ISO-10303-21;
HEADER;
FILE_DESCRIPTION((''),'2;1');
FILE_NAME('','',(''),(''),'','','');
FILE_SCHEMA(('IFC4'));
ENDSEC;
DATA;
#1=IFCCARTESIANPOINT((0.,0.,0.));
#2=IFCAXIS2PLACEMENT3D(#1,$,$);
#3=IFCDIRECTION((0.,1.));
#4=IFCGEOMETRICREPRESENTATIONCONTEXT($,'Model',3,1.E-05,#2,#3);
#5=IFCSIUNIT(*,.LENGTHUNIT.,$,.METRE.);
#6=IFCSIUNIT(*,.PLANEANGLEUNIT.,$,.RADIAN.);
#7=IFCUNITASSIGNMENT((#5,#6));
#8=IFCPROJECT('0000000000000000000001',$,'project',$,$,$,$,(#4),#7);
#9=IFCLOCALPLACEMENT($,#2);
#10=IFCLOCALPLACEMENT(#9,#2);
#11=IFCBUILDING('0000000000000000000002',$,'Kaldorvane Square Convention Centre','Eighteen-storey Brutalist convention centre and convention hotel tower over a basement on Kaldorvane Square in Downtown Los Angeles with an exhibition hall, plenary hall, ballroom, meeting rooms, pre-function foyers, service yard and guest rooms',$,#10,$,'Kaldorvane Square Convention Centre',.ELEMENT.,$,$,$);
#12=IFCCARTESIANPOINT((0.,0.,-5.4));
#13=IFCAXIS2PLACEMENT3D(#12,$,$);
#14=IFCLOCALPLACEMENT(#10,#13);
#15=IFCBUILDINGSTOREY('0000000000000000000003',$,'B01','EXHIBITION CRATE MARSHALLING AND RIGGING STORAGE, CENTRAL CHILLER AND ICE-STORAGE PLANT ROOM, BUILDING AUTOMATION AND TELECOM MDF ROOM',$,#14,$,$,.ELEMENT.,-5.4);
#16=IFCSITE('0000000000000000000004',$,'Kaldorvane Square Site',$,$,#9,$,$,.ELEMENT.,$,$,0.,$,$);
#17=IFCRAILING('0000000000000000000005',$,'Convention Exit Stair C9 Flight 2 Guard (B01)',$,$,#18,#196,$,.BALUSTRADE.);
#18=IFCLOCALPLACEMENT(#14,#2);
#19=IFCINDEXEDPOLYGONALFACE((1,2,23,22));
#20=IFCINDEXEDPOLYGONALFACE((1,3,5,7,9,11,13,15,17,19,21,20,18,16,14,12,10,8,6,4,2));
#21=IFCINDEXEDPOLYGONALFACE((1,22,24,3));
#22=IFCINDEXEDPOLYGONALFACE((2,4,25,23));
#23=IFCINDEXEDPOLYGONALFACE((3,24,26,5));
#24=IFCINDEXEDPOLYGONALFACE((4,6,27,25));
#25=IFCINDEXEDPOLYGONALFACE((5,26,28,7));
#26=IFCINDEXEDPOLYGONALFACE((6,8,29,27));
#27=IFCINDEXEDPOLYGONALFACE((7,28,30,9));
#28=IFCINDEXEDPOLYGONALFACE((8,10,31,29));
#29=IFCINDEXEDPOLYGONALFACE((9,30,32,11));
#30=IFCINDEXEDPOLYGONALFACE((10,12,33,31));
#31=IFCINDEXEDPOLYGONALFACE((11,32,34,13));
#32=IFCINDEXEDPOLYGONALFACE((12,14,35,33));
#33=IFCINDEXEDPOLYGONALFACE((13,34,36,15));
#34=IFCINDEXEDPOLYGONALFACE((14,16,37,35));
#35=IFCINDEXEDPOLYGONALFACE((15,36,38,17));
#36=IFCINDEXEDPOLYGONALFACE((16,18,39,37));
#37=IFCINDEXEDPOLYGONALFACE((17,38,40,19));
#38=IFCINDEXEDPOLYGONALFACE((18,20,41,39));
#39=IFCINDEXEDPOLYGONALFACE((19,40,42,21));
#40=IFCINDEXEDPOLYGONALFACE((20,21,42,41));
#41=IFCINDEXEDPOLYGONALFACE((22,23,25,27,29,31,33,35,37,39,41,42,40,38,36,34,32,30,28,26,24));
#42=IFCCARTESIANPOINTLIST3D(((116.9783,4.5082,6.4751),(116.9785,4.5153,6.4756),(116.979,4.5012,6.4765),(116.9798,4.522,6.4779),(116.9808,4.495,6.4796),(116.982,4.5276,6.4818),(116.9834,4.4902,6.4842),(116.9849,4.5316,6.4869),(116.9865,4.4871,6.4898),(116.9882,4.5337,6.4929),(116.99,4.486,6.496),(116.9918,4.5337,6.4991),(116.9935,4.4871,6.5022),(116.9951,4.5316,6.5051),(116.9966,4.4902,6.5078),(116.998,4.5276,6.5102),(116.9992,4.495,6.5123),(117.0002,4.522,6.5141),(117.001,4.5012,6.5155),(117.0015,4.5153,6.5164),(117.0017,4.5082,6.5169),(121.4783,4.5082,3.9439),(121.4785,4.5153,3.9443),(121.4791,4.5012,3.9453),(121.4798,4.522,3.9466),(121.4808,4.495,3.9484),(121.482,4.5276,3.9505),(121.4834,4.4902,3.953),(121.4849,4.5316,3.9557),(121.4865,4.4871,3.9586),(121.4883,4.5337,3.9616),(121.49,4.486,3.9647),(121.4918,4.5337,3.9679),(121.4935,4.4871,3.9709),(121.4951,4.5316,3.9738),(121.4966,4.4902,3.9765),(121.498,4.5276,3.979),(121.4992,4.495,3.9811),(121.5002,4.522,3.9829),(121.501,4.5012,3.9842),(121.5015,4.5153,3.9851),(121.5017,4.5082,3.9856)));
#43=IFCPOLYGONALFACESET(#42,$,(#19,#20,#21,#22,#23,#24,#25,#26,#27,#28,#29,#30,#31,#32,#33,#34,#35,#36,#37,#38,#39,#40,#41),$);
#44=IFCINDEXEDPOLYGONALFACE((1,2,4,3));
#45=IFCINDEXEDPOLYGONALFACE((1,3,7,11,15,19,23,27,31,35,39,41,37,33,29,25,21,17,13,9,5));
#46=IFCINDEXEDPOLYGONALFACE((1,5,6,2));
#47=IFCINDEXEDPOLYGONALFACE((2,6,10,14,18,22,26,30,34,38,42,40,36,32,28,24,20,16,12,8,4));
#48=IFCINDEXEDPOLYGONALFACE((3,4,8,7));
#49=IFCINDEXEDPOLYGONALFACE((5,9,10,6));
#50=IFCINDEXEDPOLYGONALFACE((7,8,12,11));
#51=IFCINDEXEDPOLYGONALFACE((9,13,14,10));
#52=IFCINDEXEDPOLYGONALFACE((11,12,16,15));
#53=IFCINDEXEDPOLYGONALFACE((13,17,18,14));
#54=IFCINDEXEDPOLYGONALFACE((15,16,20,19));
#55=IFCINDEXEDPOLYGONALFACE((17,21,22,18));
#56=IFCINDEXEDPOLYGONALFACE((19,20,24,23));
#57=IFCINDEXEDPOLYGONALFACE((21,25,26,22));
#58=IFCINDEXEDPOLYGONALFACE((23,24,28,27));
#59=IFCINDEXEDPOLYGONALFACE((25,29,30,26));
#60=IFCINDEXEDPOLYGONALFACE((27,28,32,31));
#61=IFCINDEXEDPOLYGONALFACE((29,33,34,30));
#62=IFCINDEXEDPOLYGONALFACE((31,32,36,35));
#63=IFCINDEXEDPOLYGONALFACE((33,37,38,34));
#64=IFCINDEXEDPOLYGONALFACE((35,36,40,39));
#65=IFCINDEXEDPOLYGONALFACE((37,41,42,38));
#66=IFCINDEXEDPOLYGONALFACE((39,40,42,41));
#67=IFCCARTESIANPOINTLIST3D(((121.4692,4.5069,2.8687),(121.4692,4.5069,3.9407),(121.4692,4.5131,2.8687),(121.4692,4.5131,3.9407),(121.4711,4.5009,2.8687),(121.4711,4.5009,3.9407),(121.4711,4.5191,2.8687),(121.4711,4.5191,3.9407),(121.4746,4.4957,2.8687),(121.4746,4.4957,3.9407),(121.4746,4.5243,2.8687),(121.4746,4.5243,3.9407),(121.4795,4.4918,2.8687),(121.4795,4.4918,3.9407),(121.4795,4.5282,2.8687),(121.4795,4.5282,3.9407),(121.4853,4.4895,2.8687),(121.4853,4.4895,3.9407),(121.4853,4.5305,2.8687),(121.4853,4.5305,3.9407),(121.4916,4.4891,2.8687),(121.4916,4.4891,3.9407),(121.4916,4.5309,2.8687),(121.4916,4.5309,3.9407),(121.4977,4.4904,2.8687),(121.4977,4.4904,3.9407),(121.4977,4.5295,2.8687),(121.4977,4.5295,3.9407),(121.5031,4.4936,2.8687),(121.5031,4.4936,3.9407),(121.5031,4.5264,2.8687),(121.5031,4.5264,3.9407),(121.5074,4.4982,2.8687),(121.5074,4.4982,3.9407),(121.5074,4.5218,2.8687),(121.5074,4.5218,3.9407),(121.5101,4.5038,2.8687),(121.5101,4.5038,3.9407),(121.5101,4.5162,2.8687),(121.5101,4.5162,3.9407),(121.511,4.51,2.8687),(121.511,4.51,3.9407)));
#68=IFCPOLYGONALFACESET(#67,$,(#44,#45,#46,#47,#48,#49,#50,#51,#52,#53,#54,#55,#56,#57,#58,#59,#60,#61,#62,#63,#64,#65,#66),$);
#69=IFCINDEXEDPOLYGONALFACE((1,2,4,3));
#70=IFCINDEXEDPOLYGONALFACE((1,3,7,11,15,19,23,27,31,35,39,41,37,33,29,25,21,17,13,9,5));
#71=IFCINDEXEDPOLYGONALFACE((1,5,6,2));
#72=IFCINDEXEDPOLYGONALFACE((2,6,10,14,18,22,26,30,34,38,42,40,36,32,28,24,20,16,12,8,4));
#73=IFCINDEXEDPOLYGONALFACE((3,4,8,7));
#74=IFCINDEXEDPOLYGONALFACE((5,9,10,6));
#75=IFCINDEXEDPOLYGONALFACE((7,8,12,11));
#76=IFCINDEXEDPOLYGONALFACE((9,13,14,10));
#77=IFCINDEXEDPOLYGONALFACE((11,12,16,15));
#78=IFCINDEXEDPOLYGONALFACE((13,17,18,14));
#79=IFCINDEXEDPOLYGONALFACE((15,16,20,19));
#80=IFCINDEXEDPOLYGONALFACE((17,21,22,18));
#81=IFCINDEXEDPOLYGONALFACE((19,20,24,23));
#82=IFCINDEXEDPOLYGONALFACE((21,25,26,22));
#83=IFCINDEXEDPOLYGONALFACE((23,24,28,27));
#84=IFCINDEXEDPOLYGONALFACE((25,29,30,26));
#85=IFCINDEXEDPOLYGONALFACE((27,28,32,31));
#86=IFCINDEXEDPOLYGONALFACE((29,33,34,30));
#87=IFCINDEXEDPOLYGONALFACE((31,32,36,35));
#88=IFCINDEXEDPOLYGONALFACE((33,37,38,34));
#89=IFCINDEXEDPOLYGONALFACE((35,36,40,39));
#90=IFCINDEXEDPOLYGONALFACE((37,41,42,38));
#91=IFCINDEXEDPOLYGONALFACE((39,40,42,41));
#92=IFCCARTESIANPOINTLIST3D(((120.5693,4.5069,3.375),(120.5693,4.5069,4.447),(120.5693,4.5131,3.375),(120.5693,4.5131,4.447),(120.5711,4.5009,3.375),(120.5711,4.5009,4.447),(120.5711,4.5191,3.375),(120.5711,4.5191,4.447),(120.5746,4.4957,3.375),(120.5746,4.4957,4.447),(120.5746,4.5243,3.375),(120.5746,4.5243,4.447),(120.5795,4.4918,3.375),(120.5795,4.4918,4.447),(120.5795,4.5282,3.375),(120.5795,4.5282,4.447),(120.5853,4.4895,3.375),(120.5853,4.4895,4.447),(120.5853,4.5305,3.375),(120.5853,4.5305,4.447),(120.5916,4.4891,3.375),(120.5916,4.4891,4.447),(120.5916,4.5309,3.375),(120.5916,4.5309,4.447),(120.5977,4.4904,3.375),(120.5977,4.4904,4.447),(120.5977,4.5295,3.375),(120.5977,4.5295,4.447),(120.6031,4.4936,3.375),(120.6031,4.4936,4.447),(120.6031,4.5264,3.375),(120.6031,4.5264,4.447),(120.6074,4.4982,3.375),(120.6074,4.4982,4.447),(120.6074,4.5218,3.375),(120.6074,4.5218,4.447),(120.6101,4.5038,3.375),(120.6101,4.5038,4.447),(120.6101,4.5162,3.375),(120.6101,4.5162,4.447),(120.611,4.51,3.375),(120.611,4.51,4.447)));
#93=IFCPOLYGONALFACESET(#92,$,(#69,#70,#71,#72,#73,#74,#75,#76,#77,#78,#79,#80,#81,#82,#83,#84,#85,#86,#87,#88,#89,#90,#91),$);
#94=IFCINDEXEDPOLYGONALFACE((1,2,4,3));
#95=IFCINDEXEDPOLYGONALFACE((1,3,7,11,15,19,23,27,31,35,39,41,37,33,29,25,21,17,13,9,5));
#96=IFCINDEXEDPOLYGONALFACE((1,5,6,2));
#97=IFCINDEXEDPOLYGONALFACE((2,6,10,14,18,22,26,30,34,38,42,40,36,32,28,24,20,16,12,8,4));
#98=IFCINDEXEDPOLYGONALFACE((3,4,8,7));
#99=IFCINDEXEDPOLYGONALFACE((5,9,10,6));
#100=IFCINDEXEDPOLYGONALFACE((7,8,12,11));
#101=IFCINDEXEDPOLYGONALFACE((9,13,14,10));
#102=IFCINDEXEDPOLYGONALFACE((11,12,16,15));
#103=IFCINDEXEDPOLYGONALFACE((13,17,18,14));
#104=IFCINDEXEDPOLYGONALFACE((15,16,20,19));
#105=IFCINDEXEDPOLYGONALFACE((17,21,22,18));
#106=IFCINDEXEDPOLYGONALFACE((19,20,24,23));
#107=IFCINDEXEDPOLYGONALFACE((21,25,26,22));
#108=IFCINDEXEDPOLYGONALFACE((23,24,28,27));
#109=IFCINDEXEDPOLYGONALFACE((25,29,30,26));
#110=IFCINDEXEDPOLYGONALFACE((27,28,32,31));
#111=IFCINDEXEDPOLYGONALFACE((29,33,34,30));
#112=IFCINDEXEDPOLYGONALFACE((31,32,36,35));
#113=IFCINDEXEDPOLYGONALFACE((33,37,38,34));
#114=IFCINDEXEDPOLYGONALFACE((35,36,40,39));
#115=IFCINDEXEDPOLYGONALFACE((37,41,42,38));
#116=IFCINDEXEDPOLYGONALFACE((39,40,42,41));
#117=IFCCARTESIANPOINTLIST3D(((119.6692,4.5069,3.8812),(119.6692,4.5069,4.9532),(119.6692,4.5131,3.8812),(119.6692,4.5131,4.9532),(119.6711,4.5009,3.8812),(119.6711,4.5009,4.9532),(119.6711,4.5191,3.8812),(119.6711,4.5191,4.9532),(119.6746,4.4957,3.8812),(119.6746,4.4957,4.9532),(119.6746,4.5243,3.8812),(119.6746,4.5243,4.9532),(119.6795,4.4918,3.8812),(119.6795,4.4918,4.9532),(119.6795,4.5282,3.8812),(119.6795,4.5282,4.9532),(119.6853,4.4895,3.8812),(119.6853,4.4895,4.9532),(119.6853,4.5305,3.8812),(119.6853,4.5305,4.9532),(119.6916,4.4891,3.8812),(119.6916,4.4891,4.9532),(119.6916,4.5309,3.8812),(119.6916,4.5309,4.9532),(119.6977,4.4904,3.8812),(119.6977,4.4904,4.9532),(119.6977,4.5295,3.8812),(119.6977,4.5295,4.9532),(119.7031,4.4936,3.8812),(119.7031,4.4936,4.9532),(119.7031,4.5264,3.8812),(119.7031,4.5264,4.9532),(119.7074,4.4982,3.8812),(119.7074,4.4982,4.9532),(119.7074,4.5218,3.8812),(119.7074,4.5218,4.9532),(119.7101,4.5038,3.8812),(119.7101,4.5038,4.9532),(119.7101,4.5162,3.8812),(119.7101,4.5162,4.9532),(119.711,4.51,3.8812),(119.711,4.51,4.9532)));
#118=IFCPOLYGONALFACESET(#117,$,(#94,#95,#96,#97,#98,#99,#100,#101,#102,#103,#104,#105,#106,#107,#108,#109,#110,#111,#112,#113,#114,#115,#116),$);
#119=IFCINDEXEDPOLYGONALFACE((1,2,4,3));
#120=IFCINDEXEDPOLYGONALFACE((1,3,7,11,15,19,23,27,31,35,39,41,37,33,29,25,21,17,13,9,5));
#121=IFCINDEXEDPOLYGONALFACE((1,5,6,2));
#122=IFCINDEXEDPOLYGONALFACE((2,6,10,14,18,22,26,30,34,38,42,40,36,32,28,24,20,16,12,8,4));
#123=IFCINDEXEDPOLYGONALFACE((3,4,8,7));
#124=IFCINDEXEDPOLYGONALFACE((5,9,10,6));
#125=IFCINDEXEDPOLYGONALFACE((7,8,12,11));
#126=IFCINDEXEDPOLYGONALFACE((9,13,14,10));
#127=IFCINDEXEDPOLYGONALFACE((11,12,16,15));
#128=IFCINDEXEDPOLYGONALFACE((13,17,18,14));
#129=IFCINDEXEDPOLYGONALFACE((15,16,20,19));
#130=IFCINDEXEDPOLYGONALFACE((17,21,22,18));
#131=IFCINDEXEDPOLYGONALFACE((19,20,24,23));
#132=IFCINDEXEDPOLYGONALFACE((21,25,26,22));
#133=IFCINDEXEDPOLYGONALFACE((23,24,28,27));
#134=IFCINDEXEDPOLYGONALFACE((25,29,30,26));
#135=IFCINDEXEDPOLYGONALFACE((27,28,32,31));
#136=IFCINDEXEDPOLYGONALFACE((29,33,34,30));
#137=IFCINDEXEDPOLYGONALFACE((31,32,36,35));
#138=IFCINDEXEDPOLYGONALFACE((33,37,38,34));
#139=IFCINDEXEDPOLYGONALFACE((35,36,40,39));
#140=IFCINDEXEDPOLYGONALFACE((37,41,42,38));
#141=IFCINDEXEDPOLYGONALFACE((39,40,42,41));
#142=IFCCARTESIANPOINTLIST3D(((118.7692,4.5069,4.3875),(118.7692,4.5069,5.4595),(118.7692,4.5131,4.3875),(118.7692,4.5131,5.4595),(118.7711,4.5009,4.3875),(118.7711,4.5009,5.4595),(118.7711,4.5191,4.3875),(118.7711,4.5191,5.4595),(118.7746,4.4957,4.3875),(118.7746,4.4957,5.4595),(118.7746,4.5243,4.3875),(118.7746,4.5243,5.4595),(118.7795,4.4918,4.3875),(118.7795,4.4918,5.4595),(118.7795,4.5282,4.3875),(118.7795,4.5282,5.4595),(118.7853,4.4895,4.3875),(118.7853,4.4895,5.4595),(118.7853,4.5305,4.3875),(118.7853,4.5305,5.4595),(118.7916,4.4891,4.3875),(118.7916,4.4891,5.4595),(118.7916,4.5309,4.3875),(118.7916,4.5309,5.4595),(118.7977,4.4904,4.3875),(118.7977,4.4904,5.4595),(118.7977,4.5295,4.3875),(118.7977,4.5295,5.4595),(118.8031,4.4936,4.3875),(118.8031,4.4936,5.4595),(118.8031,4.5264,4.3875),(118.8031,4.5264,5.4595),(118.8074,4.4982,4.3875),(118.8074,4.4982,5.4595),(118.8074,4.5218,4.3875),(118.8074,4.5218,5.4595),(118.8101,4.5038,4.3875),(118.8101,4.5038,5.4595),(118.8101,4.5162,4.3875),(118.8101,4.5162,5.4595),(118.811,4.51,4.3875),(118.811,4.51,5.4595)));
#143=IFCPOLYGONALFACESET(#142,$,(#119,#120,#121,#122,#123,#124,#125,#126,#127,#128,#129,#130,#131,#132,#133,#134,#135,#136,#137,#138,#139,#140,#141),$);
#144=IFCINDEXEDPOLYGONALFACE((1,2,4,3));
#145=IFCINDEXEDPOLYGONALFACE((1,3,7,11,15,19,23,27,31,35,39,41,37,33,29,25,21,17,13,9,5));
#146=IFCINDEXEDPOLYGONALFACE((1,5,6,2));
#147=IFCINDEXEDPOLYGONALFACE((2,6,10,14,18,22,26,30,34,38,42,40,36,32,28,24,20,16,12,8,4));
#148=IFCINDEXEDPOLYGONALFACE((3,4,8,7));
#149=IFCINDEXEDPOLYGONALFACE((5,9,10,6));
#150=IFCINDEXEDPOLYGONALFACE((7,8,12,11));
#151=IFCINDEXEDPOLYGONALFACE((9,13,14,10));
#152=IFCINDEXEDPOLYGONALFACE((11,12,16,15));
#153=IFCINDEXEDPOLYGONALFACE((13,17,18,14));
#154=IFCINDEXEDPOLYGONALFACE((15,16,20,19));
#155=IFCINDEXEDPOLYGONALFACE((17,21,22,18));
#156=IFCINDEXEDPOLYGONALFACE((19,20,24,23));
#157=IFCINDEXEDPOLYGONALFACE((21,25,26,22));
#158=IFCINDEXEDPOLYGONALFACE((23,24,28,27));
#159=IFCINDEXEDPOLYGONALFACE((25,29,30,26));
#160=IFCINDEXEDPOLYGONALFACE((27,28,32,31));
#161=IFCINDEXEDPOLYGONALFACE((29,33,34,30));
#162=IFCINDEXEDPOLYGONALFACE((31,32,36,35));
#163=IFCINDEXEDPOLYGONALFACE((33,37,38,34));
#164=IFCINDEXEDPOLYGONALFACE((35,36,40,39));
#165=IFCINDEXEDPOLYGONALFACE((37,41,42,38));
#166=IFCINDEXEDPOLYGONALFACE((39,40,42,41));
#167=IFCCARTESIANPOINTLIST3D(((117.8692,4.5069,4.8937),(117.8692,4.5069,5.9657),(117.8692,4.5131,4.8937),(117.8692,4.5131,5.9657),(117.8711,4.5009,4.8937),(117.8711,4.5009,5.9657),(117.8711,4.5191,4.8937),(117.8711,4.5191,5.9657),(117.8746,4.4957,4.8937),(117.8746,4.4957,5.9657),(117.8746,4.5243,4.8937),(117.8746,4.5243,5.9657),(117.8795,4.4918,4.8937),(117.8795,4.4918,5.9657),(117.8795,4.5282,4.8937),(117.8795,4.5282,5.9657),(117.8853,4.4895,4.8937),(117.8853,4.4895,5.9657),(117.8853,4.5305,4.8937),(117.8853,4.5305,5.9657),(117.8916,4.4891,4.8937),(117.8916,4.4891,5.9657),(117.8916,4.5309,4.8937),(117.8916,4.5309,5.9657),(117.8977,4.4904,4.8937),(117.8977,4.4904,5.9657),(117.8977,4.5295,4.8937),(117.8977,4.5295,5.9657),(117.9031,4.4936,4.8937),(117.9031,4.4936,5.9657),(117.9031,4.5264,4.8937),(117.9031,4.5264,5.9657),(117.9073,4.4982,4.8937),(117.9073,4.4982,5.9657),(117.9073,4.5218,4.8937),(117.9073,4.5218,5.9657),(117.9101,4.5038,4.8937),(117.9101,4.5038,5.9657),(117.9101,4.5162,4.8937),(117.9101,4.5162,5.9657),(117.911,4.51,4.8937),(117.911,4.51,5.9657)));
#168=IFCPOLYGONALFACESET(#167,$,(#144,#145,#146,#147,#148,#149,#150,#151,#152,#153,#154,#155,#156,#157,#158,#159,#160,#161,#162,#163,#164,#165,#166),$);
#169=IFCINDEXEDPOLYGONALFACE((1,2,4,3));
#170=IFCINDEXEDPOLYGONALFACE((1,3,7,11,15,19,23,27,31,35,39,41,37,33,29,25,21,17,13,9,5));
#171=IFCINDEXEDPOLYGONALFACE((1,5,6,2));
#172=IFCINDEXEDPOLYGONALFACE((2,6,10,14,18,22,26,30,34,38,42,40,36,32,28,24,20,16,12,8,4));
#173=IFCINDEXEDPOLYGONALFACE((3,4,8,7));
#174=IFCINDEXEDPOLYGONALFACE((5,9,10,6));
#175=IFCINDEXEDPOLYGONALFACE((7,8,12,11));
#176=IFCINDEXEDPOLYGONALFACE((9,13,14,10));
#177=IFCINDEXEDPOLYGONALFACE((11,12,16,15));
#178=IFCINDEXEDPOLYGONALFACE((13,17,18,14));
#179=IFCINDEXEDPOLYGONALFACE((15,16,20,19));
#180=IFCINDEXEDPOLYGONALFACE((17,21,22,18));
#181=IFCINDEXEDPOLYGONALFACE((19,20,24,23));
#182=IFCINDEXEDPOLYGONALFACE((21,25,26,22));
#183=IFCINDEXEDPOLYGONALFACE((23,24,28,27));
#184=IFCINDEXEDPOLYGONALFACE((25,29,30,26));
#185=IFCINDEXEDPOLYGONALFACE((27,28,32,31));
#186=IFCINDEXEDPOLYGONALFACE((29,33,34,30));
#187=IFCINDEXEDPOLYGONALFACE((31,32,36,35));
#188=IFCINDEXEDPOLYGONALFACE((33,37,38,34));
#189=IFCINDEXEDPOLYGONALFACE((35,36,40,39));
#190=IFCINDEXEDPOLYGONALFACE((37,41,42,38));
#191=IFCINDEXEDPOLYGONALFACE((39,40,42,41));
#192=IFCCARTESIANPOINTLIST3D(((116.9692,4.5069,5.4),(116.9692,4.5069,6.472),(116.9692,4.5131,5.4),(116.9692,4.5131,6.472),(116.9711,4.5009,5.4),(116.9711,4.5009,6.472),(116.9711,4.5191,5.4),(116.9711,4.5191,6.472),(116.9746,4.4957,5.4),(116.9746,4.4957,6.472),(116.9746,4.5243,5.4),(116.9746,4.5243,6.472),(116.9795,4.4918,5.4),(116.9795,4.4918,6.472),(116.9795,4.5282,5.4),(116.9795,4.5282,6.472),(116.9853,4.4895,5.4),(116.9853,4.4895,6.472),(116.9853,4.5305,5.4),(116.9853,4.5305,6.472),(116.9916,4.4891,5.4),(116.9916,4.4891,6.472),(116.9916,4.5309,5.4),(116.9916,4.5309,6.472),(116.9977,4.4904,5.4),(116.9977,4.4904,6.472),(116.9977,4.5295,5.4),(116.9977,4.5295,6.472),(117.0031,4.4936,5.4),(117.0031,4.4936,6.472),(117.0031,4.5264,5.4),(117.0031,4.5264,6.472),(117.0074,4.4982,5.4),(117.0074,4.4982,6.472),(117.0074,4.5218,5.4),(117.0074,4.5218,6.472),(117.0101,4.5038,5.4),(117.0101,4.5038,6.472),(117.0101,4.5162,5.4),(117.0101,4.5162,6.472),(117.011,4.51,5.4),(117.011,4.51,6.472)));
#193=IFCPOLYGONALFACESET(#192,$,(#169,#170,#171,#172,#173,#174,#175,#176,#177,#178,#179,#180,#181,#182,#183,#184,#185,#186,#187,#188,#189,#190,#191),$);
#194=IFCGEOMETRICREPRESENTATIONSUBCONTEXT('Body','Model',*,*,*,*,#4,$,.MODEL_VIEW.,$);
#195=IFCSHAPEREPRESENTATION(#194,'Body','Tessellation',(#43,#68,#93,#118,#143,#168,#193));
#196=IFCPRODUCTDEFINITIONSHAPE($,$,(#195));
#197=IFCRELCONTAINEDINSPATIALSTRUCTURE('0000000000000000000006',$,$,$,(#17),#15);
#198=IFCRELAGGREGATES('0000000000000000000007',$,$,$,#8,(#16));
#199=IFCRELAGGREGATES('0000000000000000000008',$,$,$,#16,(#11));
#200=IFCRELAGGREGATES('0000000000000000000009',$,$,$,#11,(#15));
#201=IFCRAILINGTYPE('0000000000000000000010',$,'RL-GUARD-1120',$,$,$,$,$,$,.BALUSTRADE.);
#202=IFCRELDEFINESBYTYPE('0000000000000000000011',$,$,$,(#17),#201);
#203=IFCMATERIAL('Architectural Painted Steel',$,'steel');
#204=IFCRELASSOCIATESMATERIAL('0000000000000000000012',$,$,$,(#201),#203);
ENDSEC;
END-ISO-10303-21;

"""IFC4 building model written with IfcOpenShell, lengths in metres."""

from ifc_helpers import new_model, si_unit, direction, frame, origin, origin_2d, place, context, subcontext, project, spatial, circle, extrude, material, type_object, element, save


model = new_model("IFC4")

# Units and contexts
model_context = context("Model", 3, precision=1e-05, world=origin(), true_north=direction((0.0, 1.0)))
body_context = subcontext(model_context, "Body", "Model", "MODEL_VIEW")
ifc_project = project(units=[si_unit("LENGTHUNIT", "METRE"), si_unit("PLANEANGLEUNIT", "RADIAN")], contexts=[model_context])

# Site, building, storey
site_placement = place(None, origin())
site = spatial("IfcSite", under=ifc_project, at=site_placement, Name="Kaldorvane Square Site", CompositionType="ELEMENT", RefElevation=0.0)
building_placement = place(site_placement, origin())
building = spatial("IfcBuilding", under=site, at=building_placement, Name="Kaldorvane Square Convention Centre", Description="Eighteen-storey Brutalist convention centre and convention hotel tower over a basement on Kaldorvane Square in Downtown Los Angeles with an exhibition hall, plenary hall, ballroom, meeting rooms, pre-function foyers, service yard and guest rooms", LongName="Kaldorvane Square Convention Centre", CompositionType="ELEMENT")
storey_placement = place(building_placement, frame((0.0, 0.0, -5.4)))
storey = spatial("IfcBuildingStorey", under=building, at=storey_placement, Name="B01", Description="EXHIBITION CRATE MARSHALLING AND RIGGING STORAGE, CENTRAL CHILLER AND ICE-STORAGE PLANT ROOM, BUILDING AUTOMATION AND TELECOM MDF ROOM", CompositionType="ELEMENT", Elevation=-5.4)

# Railing
ifc_material_1 = material(Name="Architectural Painted Steel", Category="steel")
railing_type_1 = type_object("IfcRailingType", Name="RL-GUARD-1120", PredefinedType="BALUSTRADE", material=ifc_material_1)
railing_1_placement = place(storey_placement, frame((121.49, 4.51, 2.8687)))
element("IfcRailing", 1, at=railing_1_placement, inside=storey, type_object=railing_type_1, Name="Convention Exit Stair C9 Flight 2 Guard (B01)", PredefinedType="BALUSTRADE", context=body_context, shape_type="SweptSolid", body=[
    extrude(circle(Radius=0.024, at=origin_2d()), frame((0.0, 0.0, 1.096), z_axis=(-0.871576, 0.0, 0.490261), x_axis=(0.0, -1.0, 0.0)), (0.0, 0.0, 1.0), 5.1631),
    extrude(circle(Radius=0.021, at=origin_2d()), origin(), (0.0, 0.0, 1.0), 1.072),
    extrude(circle(Radius=0.021, at=origin_2d()), frame((-0.9, 0.0, 0.5063)), (0.0, 0.0, 1.0), 1.072),
    extrude(circle(Radius=0.021, at=origin_2d()), frame((-1.8, 0.0, 1.0125)), (0.0, 0.0, 1.0), 1.072),
    extrude(circle(Radius=0.021, at=origin_2d()), frame((-2.7, 0.0, 1.5188)), (0.0, 0.0, 1.0), 1.072),
    extrude(circle(Radius=0.021, at=origin_2d()), frame((-3.6, 0.0, 2.025)), (0.0, 0.0, 1.0), 1.072),
    extrude(circle(Radius=0.021, at=origin_2d()), frame((-4.5, 0.0, 2.5312)), (0.0, 0.0, 1.0), 1.072),
])

save(model, "model.ifc")
